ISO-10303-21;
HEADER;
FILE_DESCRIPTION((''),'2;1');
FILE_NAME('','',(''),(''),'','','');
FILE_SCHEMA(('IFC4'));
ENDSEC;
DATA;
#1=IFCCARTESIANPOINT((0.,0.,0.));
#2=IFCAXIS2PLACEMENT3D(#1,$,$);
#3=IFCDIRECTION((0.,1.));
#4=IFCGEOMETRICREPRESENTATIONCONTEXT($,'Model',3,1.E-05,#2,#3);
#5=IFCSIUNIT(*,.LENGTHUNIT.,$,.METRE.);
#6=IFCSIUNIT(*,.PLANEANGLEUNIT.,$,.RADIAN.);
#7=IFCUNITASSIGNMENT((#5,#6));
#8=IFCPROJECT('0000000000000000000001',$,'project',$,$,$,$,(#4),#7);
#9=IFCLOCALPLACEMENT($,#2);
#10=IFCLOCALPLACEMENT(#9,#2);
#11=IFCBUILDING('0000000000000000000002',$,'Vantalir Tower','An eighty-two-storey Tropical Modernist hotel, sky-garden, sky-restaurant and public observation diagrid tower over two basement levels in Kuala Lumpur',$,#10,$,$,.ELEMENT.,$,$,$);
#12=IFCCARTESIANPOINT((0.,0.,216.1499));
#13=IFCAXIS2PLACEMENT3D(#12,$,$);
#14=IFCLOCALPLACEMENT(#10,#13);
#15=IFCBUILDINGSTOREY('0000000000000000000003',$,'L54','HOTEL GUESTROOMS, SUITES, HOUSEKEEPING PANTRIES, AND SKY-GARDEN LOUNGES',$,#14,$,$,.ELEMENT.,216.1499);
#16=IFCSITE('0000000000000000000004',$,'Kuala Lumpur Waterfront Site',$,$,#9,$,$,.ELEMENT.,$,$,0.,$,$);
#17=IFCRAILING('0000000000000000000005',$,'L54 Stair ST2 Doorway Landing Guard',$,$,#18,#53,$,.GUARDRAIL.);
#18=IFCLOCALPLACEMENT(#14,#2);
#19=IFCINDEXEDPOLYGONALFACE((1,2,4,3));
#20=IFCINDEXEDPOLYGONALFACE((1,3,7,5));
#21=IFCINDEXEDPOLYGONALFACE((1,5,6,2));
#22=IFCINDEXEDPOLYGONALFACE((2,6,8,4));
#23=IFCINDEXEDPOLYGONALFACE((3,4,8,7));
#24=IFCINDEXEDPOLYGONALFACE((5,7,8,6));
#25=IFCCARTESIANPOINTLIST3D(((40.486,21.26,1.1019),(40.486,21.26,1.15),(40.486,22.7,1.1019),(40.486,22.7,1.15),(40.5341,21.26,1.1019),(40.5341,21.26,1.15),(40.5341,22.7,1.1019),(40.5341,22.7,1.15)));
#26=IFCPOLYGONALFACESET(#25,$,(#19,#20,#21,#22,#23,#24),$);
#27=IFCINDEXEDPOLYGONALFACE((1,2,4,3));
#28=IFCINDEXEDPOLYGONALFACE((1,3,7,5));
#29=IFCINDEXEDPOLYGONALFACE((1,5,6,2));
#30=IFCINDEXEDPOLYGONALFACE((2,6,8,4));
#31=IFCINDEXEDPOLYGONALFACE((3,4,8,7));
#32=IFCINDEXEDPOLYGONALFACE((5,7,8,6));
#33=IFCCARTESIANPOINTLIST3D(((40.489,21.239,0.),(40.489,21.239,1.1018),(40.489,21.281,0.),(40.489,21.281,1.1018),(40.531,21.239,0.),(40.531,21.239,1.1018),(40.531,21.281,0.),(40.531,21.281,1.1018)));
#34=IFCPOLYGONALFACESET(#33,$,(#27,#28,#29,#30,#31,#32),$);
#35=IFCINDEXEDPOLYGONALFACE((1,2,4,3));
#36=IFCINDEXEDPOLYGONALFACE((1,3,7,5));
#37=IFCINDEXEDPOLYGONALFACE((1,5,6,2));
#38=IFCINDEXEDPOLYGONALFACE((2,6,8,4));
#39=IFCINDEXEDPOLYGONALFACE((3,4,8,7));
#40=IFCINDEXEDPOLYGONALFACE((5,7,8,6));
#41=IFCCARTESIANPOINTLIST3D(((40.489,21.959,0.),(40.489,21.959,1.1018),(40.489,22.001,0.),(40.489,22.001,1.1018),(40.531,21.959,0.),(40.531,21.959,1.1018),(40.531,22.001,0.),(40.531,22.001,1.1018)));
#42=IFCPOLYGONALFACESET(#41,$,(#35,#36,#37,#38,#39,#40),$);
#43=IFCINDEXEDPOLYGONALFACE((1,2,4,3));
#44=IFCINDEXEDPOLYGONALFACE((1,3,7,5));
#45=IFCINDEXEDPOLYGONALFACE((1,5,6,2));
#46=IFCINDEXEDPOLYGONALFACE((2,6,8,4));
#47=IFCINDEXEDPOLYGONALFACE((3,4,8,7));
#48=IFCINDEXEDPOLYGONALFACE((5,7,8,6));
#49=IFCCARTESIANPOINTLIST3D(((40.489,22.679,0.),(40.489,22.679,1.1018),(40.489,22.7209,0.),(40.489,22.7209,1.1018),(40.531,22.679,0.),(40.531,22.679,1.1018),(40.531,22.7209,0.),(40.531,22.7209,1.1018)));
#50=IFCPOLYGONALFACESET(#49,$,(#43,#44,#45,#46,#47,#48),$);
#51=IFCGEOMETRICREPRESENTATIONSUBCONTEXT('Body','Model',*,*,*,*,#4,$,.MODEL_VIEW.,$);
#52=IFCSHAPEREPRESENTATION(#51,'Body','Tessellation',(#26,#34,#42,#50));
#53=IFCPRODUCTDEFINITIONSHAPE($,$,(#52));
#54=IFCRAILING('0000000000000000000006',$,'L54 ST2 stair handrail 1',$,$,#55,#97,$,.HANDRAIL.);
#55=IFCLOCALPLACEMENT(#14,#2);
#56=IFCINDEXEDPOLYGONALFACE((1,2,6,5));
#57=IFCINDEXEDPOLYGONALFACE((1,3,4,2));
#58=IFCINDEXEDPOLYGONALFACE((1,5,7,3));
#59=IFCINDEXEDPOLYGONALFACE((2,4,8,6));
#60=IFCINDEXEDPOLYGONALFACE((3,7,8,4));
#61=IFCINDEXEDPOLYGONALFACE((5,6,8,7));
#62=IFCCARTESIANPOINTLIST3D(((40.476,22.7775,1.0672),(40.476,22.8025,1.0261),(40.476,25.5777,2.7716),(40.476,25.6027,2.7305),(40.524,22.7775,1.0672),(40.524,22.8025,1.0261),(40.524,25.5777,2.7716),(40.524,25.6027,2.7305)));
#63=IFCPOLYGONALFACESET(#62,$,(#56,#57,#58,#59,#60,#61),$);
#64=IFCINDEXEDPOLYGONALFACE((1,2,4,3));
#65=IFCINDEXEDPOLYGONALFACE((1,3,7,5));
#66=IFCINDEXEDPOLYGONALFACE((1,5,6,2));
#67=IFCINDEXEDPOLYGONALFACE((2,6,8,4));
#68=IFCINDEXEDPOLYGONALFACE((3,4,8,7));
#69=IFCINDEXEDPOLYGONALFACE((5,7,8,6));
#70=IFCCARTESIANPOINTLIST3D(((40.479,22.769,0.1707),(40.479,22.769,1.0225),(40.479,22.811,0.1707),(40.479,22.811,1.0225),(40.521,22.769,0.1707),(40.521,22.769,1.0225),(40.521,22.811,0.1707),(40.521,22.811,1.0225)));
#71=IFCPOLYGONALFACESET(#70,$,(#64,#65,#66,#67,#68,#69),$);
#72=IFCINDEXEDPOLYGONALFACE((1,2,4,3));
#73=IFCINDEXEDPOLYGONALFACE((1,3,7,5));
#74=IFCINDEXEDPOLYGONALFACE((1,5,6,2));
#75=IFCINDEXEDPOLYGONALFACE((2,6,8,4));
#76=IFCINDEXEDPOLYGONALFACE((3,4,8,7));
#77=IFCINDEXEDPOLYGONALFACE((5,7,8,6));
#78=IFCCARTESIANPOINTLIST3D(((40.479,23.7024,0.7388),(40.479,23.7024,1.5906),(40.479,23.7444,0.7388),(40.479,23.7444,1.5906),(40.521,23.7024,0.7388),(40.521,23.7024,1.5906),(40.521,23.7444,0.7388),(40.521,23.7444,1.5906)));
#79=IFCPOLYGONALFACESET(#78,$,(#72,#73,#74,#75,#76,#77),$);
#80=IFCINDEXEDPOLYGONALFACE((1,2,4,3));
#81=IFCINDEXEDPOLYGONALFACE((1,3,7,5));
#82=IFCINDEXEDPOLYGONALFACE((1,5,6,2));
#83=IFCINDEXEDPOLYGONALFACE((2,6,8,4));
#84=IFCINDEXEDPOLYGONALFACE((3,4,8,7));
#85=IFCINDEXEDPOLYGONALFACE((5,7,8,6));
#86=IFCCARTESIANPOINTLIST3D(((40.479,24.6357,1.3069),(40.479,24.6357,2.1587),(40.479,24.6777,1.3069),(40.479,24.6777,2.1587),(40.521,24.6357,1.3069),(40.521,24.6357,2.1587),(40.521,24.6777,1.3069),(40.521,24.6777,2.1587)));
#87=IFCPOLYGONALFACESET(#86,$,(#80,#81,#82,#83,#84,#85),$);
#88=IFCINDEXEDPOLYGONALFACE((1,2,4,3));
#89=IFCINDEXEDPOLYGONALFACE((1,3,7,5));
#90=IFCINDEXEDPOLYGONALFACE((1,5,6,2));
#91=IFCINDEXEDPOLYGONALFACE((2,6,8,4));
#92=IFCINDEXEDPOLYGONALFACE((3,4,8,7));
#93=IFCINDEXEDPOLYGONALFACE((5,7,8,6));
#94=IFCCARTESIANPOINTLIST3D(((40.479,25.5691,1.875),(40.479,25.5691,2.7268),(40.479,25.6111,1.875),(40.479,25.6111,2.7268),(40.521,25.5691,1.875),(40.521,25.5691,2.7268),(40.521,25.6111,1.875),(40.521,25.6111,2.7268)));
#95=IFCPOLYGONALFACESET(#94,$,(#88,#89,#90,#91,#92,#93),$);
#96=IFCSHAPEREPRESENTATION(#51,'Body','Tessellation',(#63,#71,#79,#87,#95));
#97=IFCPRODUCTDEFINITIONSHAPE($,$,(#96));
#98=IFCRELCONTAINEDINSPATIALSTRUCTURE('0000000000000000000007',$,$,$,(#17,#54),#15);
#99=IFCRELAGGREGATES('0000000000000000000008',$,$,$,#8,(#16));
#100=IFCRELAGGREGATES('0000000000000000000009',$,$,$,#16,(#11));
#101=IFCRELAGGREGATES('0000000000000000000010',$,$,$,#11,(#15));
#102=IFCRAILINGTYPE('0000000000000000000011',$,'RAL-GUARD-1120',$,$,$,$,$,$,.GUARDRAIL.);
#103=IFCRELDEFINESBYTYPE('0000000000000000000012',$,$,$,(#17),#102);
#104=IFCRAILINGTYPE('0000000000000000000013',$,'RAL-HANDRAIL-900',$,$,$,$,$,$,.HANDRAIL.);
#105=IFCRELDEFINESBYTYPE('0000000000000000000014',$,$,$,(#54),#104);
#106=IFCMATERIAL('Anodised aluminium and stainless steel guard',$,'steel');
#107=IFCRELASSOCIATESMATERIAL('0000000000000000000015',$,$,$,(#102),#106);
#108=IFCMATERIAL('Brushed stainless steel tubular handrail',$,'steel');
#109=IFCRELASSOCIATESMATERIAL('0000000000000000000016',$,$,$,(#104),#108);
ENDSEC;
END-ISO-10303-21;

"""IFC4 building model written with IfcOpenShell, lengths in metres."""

from ifc_helpers import new_model, si_unit, direction, frame, origin, origin_2d, place, context, subcontext, project, spatial, rectangle, extrude, material, type_object, element, save


model = new_model("IFC4")

# Units and contexts
model_context = context("Model", 3, precision=1e-05, world=origin(), true_north=direction((0.0, 1.0)))
body_context = subcontext(model_context, "Body", "Model", "MODEL_VIEW")
ifc_project = project(units=[si_unit("LENGTHUNIT", "METRE"), si_unit("PLANEANGLEUNIT", "RADIAN")], contexts=[model_context])

# Site, building, storey
site_placement = place(None, origin())
site = spatial("IfcSite", under=ifc_project, at=site_placement, Name="Kuala Lumpur Waterfront Site", CompositionType="ELEMENT", RefElevation=0.0)
building_placement = place(site_placement, origin())
building = spatial("IfcBuilding", under=site, at=building_placement, Name="Vantalir Tower", Description="An eighty-two-storey Tropical Modernist hotel, sky-garden, sky-restaurant and public observation diagrid tower over two basement levels in Kuala Lumpur", CompositionType="ELEMENT")
storey_placement = place(building_placement, frame((0.0, 0.0, 216.1499)))
storey = spatial("IfcBuildingStorey", under=building, at=storey_placement, Name="L54", Description="HOTEL GUESTROOMS, SUITES, HOUSEKEEPING PANTRIES, AND SKY-GARDEN LOUNGES", CompositionType="ELEMENT", Elevation=216.1499)

# Railings
ifc_material_1 = material(Name="Anodised aluminium and stainless steel guard", Category="steel")
railing_type_1 = type_object("IfcRailingType", Name="RAL-GUARD-1120", PredefinedType="GUARDRAIL", material=ifc_material_1)
railing_1_placement = place(storey_placement, frame((40.51, 21.26, 0.0)))
element("IfcRailing", 1, at=railing_1_placement, inside=storey, type_object=railing_type_1, Name="L54 Stair ST2 Doorway Landing Guard", PredefinedType="GUARDRAIL", context=body_context, shape_type="SweptSolid", body=[
    extrude(rectangle(XDim=0.0481, YDim=0.0481, at=origin_2d()), frame((0.0, 0.0, 1.126), z_axis=(0.0, 1.0, 0.0), x_axis=(-1.0, 0.0, 0.0)), (0.0, 0.0, 1.0), 1.4399),
    extrude(rectangle(XDim=0.042, YDim=0.042, at=origin_2d()), origin(), (0.0, 0.0, 1.0), 1.1018),
    extrude(rectangle(XDim=0.042, YDim=0.042, at=origin_2d()), frame((0.0, 0.72, 0.0)), (0.0, 0.0, 1.0), 1.1018),
    extrude(rectangle(XDim=0.042, YDim=0.042, at=origin_2d()), frame((0.0, 1.4399, 0.0)), (0.0, 0.0, 1.0), 1.1018),
])
ifc_material_2 = material(Name="Brushed stainless steel tubular handrail", Category="steel")
railing_type_2 = type_object("IfcRailingType", Name="RAL-HANDRAIL-900", PredefinedType="HANDRAIL", material=ifc_material_2)
railing_2_placement = place(storey_placement, frame((40.5, 22.79, 0.1707)))
element("IfcRailing", 2, at=railing_2_placement, inside=storey, type_object=railing_type_2, Name="L54 ST2 stair handrail 1", PredefinedType="HANDRAIL", context=body_context, shape_type="SweptSolid", body=[
    extrude(rectangle(XDim=0.0481, YDim=0.0481, at=origin_2d()), frame((0.0, 0.0, 0.876), z_axis=(0.0, 0.854203, 0.51994), x_axis=(-1.0, 0.0, 0.0)), (0.0, 0.0, 1.0), 3.2781),
    extrude(rectangle(XDim=0.042, YDim=0.042, at=origin_2d()), origin(), (0.0, 0.0, 1.0), 0.8518),
    extrude(rectangle(XDim=0.042, YDim=0.042, at=origin_2d()), frame((0.0, 0.9333, 0.5681)), (0.0, 0.0, 1.0), 0.8518),
    extrude(rectangle(XDim=0.042, YDim=0.042, at=origin_2d()), frame((0.0, 1.8667, 1.1362)), (0.0, 0.0, 1.0), 0.8518),
    extrude(rectangle(XDim=0.042, YDim=0.042, at=origin_2d()), frame((0.0, 2.8, 1.7043)), (0.0, 0.0, 1.0), 0.8518),
])

save(model, "model.ifc")
